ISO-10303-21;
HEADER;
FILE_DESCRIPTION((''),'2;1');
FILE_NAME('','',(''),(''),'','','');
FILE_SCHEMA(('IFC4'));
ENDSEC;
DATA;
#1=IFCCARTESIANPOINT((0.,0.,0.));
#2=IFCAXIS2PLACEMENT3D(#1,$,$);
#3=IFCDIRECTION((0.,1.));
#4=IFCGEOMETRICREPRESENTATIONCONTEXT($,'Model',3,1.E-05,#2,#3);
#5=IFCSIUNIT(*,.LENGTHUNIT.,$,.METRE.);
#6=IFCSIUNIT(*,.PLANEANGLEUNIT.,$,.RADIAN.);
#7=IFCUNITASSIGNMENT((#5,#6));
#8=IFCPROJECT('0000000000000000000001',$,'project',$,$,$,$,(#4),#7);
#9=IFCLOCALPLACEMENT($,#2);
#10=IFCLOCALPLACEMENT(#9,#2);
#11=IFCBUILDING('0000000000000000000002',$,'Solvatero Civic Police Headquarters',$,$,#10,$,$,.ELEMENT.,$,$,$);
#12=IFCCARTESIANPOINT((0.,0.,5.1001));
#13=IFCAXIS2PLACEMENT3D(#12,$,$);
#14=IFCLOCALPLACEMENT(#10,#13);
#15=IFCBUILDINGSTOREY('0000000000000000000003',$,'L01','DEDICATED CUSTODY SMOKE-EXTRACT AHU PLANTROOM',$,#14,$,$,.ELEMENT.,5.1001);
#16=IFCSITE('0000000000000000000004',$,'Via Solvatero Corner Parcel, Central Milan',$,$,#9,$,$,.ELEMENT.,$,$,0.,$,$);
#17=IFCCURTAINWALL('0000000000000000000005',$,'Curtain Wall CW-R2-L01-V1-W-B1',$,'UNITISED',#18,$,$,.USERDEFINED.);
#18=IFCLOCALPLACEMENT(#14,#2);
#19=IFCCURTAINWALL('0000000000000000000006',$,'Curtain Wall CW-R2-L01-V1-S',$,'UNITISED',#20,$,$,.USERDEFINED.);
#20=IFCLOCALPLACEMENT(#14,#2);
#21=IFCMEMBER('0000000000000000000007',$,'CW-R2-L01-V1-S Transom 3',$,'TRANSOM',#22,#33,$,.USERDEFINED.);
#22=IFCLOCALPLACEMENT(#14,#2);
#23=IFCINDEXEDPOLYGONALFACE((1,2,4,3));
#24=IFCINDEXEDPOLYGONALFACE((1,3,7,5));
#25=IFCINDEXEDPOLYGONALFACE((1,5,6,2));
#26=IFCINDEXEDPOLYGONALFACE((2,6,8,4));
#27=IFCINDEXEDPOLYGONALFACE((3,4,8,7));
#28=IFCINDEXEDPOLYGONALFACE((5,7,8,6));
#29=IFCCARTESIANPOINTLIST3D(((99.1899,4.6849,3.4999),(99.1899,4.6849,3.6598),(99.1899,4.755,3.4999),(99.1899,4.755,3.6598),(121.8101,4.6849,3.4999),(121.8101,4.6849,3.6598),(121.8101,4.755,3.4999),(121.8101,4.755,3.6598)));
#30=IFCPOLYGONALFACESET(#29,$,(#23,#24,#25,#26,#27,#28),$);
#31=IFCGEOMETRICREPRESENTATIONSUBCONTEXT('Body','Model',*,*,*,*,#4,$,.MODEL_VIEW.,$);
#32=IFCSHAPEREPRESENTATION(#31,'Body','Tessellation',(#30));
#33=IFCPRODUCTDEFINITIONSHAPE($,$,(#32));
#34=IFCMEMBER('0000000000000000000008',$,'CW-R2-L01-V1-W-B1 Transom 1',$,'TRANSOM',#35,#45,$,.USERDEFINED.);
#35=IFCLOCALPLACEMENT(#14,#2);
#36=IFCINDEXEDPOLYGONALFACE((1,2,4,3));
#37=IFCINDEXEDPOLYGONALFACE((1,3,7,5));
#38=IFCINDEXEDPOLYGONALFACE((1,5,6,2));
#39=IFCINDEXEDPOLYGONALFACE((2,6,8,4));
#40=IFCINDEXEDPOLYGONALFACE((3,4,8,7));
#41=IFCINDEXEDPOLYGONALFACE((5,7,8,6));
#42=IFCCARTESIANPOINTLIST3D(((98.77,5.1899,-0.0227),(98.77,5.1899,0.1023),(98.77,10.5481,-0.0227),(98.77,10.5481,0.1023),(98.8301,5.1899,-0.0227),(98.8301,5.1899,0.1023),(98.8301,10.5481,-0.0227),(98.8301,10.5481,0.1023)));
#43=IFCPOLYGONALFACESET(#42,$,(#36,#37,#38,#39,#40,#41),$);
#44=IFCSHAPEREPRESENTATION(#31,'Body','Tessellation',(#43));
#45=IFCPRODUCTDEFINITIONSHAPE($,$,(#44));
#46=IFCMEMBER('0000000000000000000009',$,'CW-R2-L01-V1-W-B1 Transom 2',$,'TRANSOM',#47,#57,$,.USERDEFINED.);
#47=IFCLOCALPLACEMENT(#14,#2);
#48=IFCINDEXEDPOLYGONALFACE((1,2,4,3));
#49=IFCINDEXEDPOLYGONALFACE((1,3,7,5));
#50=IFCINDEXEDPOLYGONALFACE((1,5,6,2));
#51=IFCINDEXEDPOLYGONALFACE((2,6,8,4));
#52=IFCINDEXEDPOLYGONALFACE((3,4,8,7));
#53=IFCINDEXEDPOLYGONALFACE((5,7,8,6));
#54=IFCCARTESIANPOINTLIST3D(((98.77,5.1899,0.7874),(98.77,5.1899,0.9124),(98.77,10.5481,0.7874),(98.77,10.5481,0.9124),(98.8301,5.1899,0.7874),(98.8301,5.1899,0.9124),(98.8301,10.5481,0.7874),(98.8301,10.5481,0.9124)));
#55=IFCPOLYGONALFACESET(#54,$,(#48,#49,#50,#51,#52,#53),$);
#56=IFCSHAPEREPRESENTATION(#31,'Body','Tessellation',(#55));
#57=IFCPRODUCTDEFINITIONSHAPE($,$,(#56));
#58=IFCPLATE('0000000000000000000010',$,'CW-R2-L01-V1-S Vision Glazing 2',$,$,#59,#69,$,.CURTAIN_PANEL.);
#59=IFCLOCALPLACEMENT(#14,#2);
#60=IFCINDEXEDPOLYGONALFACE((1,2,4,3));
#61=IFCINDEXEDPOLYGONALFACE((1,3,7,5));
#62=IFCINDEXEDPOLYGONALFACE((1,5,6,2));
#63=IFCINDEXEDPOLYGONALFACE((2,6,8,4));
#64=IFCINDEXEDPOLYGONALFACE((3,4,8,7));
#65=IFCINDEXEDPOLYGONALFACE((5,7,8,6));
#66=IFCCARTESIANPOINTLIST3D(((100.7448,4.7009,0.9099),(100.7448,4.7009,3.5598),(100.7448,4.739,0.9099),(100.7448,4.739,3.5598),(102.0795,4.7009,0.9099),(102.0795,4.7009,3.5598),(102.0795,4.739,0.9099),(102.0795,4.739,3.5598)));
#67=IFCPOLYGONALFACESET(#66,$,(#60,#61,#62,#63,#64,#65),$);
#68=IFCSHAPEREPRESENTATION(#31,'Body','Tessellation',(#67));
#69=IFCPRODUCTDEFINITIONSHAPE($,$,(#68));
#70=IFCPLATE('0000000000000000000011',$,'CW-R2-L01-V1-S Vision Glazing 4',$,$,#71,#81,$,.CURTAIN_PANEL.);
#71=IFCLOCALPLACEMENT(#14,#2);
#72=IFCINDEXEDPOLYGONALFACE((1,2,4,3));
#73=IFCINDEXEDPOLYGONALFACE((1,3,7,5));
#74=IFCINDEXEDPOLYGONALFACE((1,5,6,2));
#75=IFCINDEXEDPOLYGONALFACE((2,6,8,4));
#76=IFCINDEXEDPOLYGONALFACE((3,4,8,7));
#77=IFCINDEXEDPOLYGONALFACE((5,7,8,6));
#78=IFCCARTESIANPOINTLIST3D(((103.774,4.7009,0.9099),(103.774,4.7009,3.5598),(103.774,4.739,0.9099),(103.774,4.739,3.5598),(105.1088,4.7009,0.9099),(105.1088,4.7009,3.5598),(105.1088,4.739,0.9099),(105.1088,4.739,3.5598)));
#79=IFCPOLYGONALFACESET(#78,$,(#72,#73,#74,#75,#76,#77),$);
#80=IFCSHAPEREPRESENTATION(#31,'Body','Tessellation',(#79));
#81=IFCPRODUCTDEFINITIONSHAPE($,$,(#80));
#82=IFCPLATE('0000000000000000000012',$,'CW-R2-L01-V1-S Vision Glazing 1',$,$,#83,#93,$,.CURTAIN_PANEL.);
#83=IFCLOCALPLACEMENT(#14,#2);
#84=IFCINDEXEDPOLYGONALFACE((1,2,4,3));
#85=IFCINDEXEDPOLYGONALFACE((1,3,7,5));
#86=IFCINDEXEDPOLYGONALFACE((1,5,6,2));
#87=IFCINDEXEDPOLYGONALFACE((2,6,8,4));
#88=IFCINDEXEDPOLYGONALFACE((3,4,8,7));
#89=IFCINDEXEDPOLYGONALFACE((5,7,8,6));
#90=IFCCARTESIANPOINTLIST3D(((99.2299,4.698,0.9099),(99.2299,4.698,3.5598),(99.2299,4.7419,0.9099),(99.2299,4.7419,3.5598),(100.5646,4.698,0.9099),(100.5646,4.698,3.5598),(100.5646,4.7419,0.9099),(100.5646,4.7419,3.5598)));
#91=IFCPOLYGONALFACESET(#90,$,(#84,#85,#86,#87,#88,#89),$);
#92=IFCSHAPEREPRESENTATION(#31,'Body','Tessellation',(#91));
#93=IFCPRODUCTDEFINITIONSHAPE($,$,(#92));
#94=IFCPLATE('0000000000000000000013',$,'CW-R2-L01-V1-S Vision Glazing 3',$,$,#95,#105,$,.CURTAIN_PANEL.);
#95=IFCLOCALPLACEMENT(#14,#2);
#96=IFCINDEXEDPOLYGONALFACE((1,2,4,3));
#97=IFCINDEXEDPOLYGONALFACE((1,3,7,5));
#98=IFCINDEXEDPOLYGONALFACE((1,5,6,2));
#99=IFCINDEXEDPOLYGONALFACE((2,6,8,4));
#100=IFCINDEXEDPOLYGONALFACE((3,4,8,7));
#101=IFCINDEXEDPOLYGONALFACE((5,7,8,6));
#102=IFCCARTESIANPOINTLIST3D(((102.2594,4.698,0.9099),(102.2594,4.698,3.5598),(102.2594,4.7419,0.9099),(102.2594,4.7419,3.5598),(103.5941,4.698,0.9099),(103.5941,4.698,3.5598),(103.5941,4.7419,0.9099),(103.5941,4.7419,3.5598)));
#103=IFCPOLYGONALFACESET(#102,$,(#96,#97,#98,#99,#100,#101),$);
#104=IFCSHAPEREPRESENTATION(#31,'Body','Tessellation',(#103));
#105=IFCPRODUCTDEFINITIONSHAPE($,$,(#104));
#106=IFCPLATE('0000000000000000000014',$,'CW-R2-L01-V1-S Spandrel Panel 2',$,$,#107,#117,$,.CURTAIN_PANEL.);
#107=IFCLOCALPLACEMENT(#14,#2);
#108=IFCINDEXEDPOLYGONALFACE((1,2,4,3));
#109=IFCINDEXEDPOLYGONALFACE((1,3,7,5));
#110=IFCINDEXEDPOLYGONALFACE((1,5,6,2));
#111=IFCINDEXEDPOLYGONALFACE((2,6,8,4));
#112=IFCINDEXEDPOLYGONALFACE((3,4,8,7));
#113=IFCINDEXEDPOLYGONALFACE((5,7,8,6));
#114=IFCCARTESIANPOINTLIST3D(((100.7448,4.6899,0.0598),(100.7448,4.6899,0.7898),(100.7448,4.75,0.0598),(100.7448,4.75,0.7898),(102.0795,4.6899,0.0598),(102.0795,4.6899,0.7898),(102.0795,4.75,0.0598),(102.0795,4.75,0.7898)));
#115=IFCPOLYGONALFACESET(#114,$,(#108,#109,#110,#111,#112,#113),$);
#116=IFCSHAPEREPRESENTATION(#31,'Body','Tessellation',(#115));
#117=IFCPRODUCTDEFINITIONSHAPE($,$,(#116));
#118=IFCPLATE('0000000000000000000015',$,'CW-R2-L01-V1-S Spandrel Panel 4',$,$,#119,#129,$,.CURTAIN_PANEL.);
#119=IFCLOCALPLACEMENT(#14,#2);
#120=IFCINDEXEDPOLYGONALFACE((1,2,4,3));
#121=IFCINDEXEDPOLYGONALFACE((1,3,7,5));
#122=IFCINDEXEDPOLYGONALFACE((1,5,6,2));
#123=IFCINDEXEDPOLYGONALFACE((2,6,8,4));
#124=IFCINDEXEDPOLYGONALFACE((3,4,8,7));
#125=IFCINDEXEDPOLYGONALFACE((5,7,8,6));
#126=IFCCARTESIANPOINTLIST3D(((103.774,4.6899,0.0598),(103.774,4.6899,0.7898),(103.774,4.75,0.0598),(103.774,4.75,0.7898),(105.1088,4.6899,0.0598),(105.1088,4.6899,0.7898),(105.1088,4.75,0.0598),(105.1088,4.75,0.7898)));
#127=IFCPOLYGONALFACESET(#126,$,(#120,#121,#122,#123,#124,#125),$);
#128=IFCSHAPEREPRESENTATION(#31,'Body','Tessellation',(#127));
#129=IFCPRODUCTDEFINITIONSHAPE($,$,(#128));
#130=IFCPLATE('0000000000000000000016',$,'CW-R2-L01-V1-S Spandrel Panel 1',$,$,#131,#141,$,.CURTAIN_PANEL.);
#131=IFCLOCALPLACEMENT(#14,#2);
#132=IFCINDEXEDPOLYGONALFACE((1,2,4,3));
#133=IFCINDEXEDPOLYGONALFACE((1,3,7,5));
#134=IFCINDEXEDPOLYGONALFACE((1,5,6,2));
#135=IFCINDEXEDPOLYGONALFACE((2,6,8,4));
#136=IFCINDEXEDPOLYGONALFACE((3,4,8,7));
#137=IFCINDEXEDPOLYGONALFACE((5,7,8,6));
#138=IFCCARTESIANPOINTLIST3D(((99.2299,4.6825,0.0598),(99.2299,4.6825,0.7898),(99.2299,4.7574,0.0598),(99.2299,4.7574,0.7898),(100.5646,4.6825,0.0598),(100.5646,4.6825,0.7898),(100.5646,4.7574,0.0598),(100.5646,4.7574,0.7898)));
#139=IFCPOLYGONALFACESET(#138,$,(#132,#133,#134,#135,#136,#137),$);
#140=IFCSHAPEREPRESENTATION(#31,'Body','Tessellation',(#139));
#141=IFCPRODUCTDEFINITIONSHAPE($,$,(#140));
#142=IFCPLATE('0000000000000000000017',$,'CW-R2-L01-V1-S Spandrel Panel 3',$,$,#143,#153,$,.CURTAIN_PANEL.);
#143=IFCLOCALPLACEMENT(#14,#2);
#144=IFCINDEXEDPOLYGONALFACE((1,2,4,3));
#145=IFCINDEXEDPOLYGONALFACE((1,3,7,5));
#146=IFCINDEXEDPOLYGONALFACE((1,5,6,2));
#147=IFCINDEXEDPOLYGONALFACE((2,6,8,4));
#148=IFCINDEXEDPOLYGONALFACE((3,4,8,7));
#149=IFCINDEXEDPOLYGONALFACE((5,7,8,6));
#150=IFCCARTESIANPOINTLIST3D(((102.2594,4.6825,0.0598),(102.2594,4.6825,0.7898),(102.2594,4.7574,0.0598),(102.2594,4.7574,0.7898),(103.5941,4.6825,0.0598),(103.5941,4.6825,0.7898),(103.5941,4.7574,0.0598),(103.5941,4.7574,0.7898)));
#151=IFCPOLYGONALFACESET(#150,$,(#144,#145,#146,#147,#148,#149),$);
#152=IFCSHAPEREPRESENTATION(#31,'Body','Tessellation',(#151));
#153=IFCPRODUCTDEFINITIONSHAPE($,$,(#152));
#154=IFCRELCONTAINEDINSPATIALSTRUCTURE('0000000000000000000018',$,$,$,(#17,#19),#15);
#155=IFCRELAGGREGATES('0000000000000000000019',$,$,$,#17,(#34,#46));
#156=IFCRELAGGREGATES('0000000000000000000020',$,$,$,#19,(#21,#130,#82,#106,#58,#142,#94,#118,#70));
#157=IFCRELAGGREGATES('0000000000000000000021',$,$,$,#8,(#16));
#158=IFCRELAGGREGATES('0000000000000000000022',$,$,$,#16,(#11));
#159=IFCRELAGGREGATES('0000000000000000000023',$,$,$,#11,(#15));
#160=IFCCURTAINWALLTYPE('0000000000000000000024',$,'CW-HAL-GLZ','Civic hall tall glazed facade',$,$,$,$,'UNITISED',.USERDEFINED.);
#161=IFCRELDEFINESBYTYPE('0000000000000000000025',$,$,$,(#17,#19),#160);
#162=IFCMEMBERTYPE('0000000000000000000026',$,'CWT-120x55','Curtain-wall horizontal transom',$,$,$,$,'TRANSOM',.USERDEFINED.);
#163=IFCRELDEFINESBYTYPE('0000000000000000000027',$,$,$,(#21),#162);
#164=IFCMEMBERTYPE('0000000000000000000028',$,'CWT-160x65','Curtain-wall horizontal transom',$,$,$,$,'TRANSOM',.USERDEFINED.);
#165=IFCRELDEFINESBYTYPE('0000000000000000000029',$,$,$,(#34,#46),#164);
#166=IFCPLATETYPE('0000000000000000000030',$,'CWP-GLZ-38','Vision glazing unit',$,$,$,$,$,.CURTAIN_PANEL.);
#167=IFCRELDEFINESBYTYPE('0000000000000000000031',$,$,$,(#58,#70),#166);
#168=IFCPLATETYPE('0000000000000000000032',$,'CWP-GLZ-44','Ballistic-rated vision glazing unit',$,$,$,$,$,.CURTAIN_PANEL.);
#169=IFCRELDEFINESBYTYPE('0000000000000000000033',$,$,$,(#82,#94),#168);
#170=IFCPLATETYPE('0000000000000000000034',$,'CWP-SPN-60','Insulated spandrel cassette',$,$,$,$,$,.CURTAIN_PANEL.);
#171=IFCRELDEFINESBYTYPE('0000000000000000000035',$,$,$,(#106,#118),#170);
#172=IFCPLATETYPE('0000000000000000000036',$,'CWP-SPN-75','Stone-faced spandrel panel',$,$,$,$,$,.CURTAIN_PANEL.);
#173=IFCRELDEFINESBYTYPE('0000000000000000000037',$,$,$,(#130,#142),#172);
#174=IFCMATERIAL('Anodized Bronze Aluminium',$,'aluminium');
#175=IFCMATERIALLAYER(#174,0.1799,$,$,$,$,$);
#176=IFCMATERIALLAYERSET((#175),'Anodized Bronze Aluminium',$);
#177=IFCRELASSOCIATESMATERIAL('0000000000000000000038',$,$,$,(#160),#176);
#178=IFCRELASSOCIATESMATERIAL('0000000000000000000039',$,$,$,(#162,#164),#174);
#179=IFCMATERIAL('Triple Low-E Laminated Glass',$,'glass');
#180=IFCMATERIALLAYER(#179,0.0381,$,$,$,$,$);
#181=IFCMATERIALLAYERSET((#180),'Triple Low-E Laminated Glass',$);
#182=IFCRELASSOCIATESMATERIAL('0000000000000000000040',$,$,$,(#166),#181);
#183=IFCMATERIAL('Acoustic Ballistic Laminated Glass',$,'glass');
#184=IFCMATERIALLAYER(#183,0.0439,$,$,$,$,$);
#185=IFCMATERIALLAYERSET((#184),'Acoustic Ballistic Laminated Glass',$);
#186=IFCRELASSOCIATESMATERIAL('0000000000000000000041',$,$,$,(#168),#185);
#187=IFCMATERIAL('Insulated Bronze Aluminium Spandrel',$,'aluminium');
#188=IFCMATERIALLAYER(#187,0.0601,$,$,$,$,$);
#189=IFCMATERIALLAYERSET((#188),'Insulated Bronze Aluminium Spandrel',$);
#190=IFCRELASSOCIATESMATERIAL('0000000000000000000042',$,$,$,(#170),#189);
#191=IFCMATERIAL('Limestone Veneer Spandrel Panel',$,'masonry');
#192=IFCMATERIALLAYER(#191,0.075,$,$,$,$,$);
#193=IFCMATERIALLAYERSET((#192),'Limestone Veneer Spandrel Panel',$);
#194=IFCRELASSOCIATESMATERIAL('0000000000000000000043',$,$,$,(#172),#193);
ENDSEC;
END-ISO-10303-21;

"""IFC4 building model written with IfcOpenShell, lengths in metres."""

from ifc_helpers import new_model, si_unit, direction, frame, origin, origin_2d, place, context, subcontext, project, spatial, rectangle, extrude, material, layer, layer_set, material_profile, profile_set, type_object, element, aggregate, save


model = new_model("IFC4")

# Units and contexts
model_context = context("Model", 3, precision=1e-05, world=origin(), true_north=direction((0.0, 1.0)))
body_context = subcontext(model_context, "Body", "Model", "MODEL_VIEW")
ifc_project = project(units=[si_unit("LENGTHUNIT", "METRE"), si_unit("PLANEANGLEUNIT", "RADIAN")], contexts=[model_context])

# Site, building, storey
site_placement = place(None, origin())
site = spatial("IfcSite", under=ifc_project, at=site_placement, Name="Via Solvatero Corner Parcel, Central Milan", CompositionType="ELEMENT", RefElevation=0.0)
building_placement = place(site_placement, origin())
building = spatial("IfcBuilding", under=site, at=building_placement, Name="Solvatero Civic Police Headquarters", CompositionType="ELEMENT")
storey_placement = place(building_placement, frame((0.0, 0.0, 5.1001)))
storey = spatial("IfcBuildingStorey", under=building, at=storey_placement, Name="L01", Description="DEDICATED CUSTODY SMOKE-EXTRACT AHU PLANTROOM", CompositionType="ELEMENT", Elevation=5.1001)

# Curtain wall
ifc_material_1 = material(Name="Anodized Bronze Aluminium", Category="aluminium")
ifc_layer_1 = layer(ifc_material_1, 0.1799)
ifc_layer_set_1 = layer_set([ifc_layer_1], Name="Anodized Bronze Aluminium")
curtain_wall_type_1 = type_object("IfcCurtainWallType", Name="CW-HAL-GLZ", Description="Civic hall tall glazed facade", ElementType="UNITISED", PredefinedType="USERDEFINED", material=ifc_layer_set_1)
curtain_wall_1_placement = place(storey_placement, origin())
curtain_wall_1 = element("IfcCurtainWall", 1, at=curtain_wall_1_placement, inside=storey, type_object=curtain_wall_type_1, Name="Curtain Wall CW-R2-L01-V1-W-B1", ObjectType="UNITISED", PredefinedType="USERDEFINED")

# Curtain wall
curtain_wall_2_placement = place(storey_placement, origin())
curtain_wall_2 = element("IfcCurtainWall", 2, at=curtain_wall_2_placement, inside=storey, type_object=curtain_wall_type_1, Name="Curtain Wall CW-R2-L01-V1-S", ObjectType="UNITISED", PredefinedType="USERDEFINED")

# Members
ifc_material_profile_1 = material_profile(ifc_material_1, rectangle(XDim=0.0701, YDim=0.1599, at=origin_2d()), Name="ALU TRANSOM 70x160")
ifc_profile_set_1 = profile_set([ifc_material_profile_1], Name="Anodized Bronze Aluminium")
member_type_1 = type_object("IfcMemberType", Name="CWT-120x55", Description="Curtain-wall horizontal transom", ElementType="TRANSOM", PredefinedType="USERDEFINED", material=ifc_profile_set_1)
member_1_placement = place(storey_placement, frame((99.1899, 4.72, 3.5798), z_axis=(1.0, 0.0, 0.0), x_axis=(0.0, 1.0, 0.0)))
member_1 = element("IfcMember", 3, at=member_1_placement, type_object=member_type_1, Name="CW-R2-L01-V1-S Transom 3", ObjectType="TRANSOM", PredefinedType="USERDEFINED", context=body_context, shape_type="SweptSolid", body=[
    extrude(rectangle(XDim=0.0701, YDim=0.1599, at=origin_2d()), origin(), (0.0, 0.0, 1.0), 22.6201),
])
ifc_material_profile_2 = material_profile(ifc_material_1, rectangle(XDim=0.0601, YDim=0.125, at=origin_2d()), Name="ALU TRANSOM 60x125")
ifc_profile_set_2 = profile_set([ifc_material_profile_2], Name="Anodized Bronze Aluminium")
member_type_2 = type_object("IfcMemberType", Name="CWT-160x65", Description="Curtain-wall horizontal transom", ElementType="TRANSOM", PredefinedType="USERDEFINED", material=ifc_profile_set_2)
member_2_placement = place(storey_placement, frame((98.8, 5.1899, 0.0398), z_axis=(0.0, 1.0, 0.0), x_axis=(-1.0, 0.0, 0.0)))
member_2 = element("IfcMember", 4, at=member_2_placement, type_object=member_type_2, Name="CW-R2-L01-V1-W-B1 Transom 1", ObjectType="TRANSOM", PredefinedType="USERDEFINED", context=body_context, shape_type="SweptSolid", body=[
    extrude(rectangle(XDim=0.0601, YDim=0.125, at=origin_2d()), origin(), (0.0, 0.0, 1.0), 5.3582),
])
member_3_placement = place(storey_placement, frame((98.8, 5.1899, 0.8499), z_axis=(0.0, 1.0, 0.0), x_axis=(-1.0, 0.0, 0.0)))
member_3 = element("IfcMember", 5, at=member_3_placement, type_object=member_type_2, Name="CW-R2-L01-V1-W-B1 Transom 2", ObjectType="TRANSOM", PredefinedType="USERDEFINED", context=body_context, shape_type="SweptSolid", body=[
    extrude(rectangle(XDim=0.0601, YDim=0.125, at=origin_2d()), origin(), (0.0, 0.0, 1.0), 5.3582),
])
aggregate(curtain_wall_1, [member_2, member_3])

# Plates
ifc_material_2 = material(Name="Triple Low-E Laminated Glass", Category="glass")
ifc_layer_2 = layer(ifc_material_2, 0.0381)
ifc_layer_set_2 = layer_set([ifc_layer_2], Name="Triple Low-E Laminated Glass")
plate_type_1 = type_object("IfcPlateType", Name="CWP-GLZ-38", Description="Vision glazing unit", PredefinedType="CURTAIN_PANEL", material=ifc_layer_set_2)
plate_1_placement = place(storey_placement, frame((101.4121, 4.72, 0.9099), z_axis=(0.0, 0.0, 1.0), x_axis=(1.0, 0.0, 0.0)))
plate_1 = element("IfcPlate", 6, at=plate_1_placement, type_object=plate_type_1, Name="CW-R2-L01-V1-S Vision Glazing 2", PredefinedType="CURTAIN_PANEL", context=body_context, shape_type="SweptSolid", body=[
    extrude(rectangle(XDim=1.3347, YDim=0.0381, at=origin_2d()), origin(), (0.0, 0.0, 1.0), 2.6499),
])
plate_2_placement = place(storey_placement, frame((104.4414, 4.72, 0.9099), z_axis=(0.0, 0.0, 1.0), x_axis=(1.0, 0.0, 0.0)))
plate_2 = element("IfcPlate", 7, at=plate_2_placement, type_object=plate_type_1, Name="CW-R2-L01-V1-S Vision Glazing 4", PredefinedType="CURTAIN_PANEL", context=body_context, shape_type="SweptSolid", body=[
    extrude(rectangle(XDim=1.3347, YDim=0.0381, at=origin_2d()), origin(), (0.0, 0.0, 1.0), 2.6499),
])
ifc_material_3 = material(Name="Acoustic Ballistic Laminated Glass", Category="glass")
ifc_layer_3 = layer(ifc_material_3, 0.0439)
ifc_layer_set_3 = layer_set([ifc_layer_3], Name="Acoustic Ballistic Laminated Glass")
plate_type_2 = type_object("IfcPlateType", Name="CWP-GLZ-44", Description="Ballistic-rated vision glazing unit", PredefinedType="CURTAIN_PANEL", material=ifc_layer_set_3)
plate_3_placement = place(storey_placement, frame((99.8972, 4.72, 0.9099), z_axis=(0.0, 0.0, 1.0), x_axis=(1.0, 0.0, 0.0)))
plate_3 = element("IfcPlate", 8, at=plate_3_placement, type_object=plate_type_2, Name="CW-R2-L01-V1-S Vision Glazing 1", PredefinedType="CURTAIN_PANEL", context=body_context, shape_type="SweptSolid", body=[
    extrude(rectangle(XDim=1.3347, YDim=0.0439, at=origin_2d()), origin(), (0.0, 0.0, 1.0), 2.6499),
])
plate_4_placement = place(storey_placement, frame((102.9268, 4.72, 0.9099), z_axis=(0.0, 0.0, 1.0), x_axis=(1.0, 0.0, 0.0)))
plate_4 = element("IfcPlate", 9, at=plate_4_placement, type_object=plate_type_2, Name="CW-R2-L01-V1-S Vision Glazing 3", PredefinedType="CURTAIN_PANEL", context=body_context, shape_type="SweptSolid", body=[
    extrude(rectangle(XDim=1.3347, YDim=0.0439, at=origin_2d()), origin(), (0.0, 0.0, 1.0), 2.6499),
])
ifc_material_4 = material(Name="Insulated Bronze Aluminium Spandrel", Category="aluminium")
ifc_layer_4 = layer(ifc_material_4, 0.0601)
ifc_layer_set_4 = layer_set([ifc_layer_4], Name="Insulated Bronze Aluminium Spandrel")
plate_type_3 = type_object("IfcPlateType", Name="CWP-SPN-60", Description="Insulated spandrel cassette", PredefinedType="CURTAIN_PANEL", material=ifc_layer_set_4)
plate_5_placement = place(storey_placement, frame((101.4121, 4.72, 0.0598), z_axis=(0.0, 0.0, 1.0), x_axis=(1.0, 0.0, 0.0)))
plate_5 = element("IfcPlate", 10, at=plate_5_placement, type_object=plate_type_3, Name="CW-R2-L01-V1-S Spandrel Panel 2", PredefinedType="CURTAIN_PANEL", context=body_context, shape_type="SweptSolid", body=[
    extrude(rectangle(XDim=1.3347, YDim=0.0601, at=origin_2d()), origin(), (0.0, 0.0, 1.0), 0.73),
])
plate_6_placement = place(storey_placement, frame((104.4414, 4.72, 0.0598), z_axis=(0.0, 0.0, 1.0), x_axis=(1.0, 0.0, 0.0)))
plate_6 = element("IfcPlate", 11, at=plate_6_placement, type_object=plate_type_3, Name="CW-R2-L01-V1-S Spandrel Panel 4", PredefinedType="CURTAIN_PANEL", context=body_context, shape_type="SweptSolid", body=[
    extrude(rectangle(XDim=1.3347, YDim=0.0601, at=origin_2d()), origin(), (0.0, 0.0, 1.0), 0.73),
])
ifc_material_5 = material(Name="Limestone Veneer Spandrel Panel", Category="masonry")
ifc_layer_5 = layer(ifc_material_5, 0.075)
ifc_layer_set_5 = layer_set([ifc_layer_5], Name="Limestone Veneer Spandrel Panel")
plate_type_4 = type_object("IfcPlateType", Name="CWP-SPN-75", Description="Stone-faced spandrel panel", PredefinedType="CURTAIN_PANEL", material=ifc_layer_set_5)
plate_7_placement = place(storey_placement, frame((99.8972, 4.72, 0.0598), z_axis=(0.0, 0.0, 1.0), x_axis=(1.0, 0.0, 0.0)))
plate_7 = element("IfcPlate", 12, at=plate_7_placement, type_object=plate_type_4, Name="CW-R2-L01-V1-S Spandrel Panel 1", PredefinedType="CURTAIN_PANEL", context=body_context, shape_type="SweptSolid", body=[
    extrude(rectangle(XDim=1.3347, YDim=0.075, at=origin_2d()), origin(), (0.0, 0.0, 1.0), 0.73),
])
plate_8_placement = place(storey_placement, frame((102.9268, 4.72, 0.0598), z_axis=(0.0, 0.0, 1.0), x_axis=(1.0, 0.0, 0.0)))
plate_8 = element("IfcPlate", 13, at=plate_8_placement, type_object=plate_type_4, Name="CW-R2-L01-V1-S Spandrel Panel 3", PredefinedType="CURTAIN_PANEL", context=body_context, shape_type="SweptSolid", body=[
    extrude(rectangle(XDim=1.3347, YDim=0.075, at=origin_2d()), origin(), (0.0, 0.0, 1.0), 0.73),
])
aggregate(curtain_wall_2, [member_1, plate_7, plate_3, plate_5, plate_1, plate_8, plate_4, plate_6, plate_2])

save(model, "model.ifc")
